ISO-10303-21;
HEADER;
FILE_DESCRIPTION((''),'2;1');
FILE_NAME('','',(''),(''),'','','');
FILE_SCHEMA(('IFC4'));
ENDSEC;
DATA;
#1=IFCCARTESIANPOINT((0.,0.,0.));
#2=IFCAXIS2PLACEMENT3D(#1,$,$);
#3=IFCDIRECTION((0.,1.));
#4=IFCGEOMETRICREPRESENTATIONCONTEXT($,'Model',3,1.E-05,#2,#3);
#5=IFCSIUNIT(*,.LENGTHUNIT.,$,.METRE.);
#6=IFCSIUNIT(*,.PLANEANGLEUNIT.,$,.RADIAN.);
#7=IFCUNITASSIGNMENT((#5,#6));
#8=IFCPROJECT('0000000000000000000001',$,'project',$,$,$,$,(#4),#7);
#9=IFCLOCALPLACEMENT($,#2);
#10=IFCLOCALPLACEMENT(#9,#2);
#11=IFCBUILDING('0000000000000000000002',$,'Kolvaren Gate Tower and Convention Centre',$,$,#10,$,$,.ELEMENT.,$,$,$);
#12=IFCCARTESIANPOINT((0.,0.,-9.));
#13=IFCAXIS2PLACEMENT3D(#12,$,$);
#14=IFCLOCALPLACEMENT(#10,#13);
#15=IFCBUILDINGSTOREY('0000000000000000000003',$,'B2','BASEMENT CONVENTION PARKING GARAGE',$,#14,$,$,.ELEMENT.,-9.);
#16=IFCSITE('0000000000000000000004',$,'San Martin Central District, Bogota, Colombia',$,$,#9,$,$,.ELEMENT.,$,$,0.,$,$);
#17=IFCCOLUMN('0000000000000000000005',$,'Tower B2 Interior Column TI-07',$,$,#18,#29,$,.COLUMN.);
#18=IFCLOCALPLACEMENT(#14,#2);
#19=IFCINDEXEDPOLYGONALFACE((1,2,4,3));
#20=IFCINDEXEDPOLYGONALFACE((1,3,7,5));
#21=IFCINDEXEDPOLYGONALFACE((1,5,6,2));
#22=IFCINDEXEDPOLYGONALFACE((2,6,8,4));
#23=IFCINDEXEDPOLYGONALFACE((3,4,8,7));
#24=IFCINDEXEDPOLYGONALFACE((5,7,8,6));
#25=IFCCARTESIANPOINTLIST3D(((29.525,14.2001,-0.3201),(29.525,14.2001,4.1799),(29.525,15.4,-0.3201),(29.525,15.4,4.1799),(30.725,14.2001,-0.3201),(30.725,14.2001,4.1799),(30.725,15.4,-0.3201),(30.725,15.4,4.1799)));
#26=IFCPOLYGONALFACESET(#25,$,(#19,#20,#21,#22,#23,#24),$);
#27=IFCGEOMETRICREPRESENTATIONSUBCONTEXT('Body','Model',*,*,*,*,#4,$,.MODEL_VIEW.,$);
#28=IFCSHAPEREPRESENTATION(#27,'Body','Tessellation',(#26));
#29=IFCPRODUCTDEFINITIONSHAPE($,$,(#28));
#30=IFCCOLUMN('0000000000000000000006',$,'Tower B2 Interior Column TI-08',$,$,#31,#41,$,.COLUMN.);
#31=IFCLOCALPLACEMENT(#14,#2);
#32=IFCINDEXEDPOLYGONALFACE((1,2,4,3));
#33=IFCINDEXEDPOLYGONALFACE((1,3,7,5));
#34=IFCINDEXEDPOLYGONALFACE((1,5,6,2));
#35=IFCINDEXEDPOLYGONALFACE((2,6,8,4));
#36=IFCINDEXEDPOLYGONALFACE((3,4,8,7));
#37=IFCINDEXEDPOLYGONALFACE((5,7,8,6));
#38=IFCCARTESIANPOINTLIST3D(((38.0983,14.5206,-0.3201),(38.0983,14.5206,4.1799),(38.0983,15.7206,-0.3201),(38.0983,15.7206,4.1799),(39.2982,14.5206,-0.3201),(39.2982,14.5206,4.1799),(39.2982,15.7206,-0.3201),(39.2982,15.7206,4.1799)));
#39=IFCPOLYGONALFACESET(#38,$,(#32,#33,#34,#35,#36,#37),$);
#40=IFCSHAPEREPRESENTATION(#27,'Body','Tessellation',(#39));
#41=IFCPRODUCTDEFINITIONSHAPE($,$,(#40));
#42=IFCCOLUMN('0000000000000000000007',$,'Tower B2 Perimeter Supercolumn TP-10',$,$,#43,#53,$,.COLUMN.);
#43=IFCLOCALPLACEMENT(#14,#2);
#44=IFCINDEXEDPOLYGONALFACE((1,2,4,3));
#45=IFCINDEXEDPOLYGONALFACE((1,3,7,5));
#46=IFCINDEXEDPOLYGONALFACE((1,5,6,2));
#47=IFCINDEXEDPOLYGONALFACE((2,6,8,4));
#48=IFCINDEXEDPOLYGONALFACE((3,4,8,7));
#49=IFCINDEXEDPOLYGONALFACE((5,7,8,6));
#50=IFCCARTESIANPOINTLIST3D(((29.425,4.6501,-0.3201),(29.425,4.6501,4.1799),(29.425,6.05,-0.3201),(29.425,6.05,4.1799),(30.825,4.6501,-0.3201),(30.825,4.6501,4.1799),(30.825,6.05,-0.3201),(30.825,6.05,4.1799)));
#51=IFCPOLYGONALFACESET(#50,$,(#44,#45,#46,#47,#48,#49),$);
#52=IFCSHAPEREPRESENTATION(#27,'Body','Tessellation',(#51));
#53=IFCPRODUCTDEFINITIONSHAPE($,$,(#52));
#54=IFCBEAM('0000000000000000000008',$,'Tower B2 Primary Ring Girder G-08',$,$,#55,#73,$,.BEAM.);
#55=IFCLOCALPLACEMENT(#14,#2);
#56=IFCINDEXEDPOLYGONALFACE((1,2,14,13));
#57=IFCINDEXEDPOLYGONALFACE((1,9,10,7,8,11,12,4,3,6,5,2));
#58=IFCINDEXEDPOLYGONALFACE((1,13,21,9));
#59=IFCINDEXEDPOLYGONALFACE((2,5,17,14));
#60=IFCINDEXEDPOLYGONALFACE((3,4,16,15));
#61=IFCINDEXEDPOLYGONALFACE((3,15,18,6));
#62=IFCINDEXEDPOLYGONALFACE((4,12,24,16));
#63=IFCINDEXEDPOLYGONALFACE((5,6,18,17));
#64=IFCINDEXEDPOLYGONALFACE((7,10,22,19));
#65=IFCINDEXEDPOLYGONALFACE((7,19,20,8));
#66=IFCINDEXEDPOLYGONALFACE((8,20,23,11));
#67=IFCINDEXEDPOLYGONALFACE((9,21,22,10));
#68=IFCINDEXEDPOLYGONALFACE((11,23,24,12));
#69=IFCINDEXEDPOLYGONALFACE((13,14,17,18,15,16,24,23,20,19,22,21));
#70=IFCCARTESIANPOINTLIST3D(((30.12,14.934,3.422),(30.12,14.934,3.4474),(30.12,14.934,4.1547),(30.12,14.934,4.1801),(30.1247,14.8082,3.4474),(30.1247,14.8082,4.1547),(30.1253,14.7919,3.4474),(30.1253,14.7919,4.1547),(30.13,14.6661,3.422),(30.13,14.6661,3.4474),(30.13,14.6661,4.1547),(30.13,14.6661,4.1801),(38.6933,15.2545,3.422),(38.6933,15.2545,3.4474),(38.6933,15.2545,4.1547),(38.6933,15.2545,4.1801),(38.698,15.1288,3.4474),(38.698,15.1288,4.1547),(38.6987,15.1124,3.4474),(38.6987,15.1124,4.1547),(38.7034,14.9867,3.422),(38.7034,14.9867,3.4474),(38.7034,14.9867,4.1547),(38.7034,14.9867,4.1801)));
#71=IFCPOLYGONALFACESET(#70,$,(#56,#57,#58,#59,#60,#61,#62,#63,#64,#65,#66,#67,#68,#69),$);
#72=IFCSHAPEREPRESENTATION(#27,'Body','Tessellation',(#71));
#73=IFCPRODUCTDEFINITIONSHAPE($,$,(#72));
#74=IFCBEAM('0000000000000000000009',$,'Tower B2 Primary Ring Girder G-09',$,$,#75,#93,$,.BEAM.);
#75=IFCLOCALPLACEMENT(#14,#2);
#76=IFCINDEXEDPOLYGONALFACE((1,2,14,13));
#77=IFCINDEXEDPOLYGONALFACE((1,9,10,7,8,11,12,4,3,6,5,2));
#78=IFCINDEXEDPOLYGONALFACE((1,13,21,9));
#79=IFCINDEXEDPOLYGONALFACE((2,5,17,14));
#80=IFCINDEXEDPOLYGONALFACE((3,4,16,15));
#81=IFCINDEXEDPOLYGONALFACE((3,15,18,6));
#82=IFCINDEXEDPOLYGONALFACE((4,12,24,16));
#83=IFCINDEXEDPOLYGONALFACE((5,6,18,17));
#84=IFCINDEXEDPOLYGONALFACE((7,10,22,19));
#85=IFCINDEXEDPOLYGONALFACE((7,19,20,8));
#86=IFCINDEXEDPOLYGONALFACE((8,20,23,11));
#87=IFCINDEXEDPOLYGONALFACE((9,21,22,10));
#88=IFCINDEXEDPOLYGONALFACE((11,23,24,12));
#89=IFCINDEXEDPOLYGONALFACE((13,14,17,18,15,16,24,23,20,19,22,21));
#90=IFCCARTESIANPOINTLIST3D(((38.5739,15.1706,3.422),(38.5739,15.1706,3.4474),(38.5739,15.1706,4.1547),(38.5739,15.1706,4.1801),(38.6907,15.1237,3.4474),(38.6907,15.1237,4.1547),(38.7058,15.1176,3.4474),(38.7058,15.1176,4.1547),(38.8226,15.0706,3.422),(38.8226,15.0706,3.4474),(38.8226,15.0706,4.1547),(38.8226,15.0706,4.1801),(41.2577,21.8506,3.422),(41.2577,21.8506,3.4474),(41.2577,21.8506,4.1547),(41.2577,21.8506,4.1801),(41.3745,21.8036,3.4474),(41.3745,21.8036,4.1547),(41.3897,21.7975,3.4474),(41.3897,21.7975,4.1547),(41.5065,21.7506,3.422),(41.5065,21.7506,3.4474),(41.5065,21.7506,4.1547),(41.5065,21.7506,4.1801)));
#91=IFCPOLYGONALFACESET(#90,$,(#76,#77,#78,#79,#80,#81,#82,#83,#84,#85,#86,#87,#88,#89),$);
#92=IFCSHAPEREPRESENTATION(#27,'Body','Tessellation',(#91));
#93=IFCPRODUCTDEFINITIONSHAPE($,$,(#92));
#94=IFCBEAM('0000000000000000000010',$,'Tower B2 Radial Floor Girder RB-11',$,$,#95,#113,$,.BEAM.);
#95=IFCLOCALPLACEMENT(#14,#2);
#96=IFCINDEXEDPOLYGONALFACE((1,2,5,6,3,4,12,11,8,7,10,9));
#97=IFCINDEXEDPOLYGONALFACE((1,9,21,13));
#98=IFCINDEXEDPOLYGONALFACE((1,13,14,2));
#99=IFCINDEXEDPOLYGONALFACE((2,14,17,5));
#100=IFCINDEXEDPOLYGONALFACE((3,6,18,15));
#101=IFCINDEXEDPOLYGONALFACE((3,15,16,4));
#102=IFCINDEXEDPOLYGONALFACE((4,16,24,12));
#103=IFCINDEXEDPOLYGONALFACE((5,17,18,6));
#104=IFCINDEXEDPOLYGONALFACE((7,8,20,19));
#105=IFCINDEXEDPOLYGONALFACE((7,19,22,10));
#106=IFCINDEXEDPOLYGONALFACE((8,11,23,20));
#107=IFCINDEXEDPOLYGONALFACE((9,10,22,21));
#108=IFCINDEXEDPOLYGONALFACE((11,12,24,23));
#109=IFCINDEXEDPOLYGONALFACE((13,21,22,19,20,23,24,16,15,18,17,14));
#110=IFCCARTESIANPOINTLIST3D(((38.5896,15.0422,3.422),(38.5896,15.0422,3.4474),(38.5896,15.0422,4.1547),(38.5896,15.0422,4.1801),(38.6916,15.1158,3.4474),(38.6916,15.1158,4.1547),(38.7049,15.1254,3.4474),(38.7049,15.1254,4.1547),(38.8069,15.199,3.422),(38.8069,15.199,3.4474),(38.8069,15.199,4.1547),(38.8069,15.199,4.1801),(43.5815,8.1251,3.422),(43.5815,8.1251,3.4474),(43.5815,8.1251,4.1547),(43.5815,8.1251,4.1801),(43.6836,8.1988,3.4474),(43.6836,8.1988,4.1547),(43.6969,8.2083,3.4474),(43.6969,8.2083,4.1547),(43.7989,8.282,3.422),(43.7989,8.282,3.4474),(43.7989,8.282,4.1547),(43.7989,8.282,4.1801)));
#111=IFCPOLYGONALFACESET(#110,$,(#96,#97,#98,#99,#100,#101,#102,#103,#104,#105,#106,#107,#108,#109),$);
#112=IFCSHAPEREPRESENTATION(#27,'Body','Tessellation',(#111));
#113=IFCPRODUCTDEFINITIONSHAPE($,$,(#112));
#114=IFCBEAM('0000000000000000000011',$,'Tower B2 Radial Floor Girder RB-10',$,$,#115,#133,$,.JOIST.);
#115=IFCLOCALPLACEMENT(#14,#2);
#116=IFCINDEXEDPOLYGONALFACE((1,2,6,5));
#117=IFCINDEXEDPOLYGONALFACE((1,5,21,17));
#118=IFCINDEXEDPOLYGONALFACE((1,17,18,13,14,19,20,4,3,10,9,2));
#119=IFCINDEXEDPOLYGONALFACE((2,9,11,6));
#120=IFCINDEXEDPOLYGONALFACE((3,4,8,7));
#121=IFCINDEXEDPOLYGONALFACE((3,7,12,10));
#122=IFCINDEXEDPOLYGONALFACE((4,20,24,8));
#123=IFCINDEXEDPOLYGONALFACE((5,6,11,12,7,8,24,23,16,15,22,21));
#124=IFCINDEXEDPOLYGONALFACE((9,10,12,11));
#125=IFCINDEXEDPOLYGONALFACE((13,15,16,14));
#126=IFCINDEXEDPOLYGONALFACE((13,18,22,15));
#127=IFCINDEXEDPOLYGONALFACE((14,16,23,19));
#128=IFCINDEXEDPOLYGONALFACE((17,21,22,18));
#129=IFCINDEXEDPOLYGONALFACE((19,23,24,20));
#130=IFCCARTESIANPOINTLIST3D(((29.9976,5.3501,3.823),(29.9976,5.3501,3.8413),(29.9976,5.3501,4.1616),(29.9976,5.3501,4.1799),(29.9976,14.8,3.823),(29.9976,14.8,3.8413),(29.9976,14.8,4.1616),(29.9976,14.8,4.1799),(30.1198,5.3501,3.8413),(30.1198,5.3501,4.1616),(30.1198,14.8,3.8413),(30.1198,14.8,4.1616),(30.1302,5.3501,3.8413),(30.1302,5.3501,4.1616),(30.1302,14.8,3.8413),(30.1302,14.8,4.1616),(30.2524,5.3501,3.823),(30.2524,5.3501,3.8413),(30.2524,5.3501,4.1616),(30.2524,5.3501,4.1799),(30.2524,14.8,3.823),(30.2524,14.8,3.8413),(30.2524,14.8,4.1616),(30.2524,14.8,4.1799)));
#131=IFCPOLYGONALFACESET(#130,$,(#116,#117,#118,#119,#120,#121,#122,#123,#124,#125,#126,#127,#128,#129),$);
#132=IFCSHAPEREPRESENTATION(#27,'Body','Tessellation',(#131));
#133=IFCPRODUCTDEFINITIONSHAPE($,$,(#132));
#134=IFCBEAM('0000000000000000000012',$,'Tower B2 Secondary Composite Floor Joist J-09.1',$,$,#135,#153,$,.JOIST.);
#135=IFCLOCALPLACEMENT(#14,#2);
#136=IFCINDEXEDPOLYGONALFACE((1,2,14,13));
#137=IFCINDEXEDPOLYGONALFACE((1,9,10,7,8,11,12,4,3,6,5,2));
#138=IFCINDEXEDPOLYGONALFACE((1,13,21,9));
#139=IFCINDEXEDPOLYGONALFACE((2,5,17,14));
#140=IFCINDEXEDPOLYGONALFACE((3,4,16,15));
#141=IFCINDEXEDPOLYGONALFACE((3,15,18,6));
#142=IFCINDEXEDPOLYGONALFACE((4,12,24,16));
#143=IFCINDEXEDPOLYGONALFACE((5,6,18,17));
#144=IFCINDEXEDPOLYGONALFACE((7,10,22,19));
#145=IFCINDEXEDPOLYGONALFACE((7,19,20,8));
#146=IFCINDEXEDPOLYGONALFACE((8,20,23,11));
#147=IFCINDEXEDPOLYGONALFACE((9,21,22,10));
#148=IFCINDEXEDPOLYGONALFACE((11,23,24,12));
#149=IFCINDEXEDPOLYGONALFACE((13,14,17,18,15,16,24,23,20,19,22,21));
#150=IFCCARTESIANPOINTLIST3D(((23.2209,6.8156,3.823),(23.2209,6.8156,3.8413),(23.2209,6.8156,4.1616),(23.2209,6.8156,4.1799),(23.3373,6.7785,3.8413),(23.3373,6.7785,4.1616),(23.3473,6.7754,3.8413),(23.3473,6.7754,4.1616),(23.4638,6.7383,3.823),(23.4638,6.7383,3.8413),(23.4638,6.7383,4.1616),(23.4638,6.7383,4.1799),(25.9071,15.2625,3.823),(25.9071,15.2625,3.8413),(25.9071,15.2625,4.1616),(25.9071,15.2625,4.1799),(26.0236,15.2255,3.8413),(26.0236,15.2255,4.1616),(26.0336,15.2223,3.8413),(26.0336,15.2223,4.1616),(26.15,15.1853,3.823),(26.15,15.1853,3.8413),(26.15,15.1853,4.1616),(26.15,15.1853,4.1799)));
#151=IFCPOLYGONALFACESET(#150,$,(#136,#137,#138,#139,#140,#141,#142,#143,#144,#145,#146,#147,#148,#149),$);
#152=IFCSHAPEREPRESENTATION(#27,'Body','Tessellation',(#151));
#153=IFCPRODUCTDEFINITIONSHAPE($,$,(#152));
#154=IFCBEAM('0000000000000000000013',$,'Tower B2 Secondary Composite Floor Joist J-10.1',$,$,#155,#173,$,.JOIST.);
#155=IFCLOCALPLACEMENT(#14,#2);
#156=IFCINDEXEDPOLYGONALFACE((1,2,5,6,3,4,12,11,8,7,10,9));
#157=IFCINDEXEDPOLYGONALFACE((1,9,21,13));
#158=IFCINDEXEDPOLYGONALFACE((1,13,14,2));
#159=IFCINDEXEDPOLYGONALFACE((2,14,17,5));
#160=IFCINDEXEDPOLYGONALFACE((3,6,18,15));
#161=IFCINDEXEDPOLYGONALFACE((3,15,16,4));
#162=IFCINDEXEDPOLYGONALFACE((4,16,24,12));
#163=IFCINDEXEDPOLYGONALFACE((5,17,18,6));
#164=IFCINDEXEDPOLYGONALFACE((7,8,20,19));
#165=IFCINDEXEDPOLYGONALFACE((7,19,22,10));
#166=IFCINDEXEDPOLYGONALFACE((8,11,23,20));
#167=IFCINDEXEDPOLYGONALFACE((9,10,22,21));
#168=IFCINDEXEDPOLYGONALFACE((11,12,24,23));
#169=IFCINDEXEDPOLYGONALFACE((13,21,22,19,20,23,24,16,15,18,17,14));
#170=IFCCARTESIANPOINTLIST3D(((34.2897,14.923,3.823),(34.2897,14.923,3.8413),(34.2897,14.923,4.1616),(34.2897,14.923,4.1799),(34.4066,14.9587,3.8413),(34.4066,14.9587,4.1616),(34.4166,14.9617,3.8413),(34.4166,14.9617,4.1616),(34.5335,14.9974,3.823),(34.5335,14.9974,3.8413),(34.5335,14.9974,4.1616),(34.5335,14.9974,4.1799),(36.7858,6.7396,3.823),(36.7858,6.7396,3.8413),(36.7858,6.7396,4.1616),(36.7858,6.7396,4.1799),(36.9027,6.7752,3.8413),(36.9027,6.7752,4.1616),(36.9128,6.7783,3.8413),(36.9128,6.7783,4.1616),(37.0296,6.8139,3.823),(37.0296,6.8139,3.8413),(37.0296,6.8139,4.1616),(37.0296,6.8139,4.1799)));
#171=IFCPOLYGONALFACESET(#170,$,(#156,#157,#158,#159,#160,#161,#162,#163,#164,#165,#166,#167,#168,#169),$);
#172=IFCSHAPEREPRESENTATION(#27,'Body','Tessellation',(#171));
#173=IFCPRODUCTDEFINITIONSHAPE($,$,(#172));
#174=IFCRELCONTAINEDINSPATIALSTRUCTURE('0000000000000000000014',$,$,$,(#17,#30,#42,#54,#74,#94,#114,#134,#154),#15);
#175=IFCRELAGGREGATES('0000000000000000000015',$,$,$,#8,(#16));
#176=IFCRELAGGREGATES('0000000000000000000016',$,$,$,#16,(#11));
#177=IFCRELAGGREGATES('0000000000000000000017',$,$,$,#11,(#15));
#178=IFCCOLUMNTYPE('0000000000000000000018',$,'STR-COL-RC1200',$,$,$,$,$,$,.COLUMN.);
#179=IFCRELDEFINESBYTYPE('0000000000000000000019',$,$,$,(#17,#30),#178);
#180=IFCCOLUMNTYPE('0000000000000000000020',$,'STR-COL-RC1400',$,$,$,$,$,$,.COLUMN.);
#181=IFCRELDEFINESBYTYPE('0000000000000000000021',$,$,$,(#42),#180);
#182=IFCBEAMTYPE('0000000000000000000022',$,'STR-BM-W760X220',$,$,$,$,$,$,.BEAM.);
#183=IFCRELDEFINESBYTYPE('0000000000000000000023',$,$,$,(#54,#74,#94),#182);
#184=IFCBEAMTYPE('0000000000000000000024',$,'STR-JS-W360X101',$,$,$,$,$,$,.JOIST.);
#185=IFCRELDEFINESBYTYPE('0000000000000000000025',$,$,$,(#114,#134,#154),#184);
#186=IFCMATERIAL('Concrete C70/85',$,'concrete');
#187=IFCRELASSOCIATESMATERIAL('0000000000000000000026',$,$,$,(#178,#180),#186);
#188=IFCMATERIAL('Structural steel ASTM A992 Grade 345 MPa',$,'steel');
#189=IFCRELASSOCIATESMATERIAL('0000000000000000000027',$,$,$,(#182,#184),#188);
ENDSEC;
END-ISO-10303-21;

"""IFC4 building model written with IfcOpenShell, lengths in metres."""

from ifc_helpers import new_model, si_unit, direction, frame, origin, origin_2d, place, context, subcontext, project, spatial, rectangle, i_section, extrude, material, material_profile, profile_set, type_object, element, save


model = new_model("IFC4")

# Units and contexts
model_context = context("Model", 3, precision=1e-05, world=origin(), true_north=direction((0.0, 1.0)))
body_context = subcontext(model_context, "Body", "Model", "MODEL_VIEW")
ifc_project = project(units=[si_unit("LENGTHUNIT", "METRE"), si_unit("PLANEANGLEUNIT", "RADIAN")], contexts=[model_context])

# Site, building, storey
site_placement = place(None, origin())
site = spatial("IfcSite", under=ifc_project, at=site_placement, Name="San Martin Central District, Bogota, Colombia", CompositionType="ELEMENT", RefElevation=0.0)
building_placement = place(site_placement, origin())
building = spatial("IfcBuilding", under=site, at=building_placement, Name="Kolvaren Gate Tower and Convention Centre", CompositionType="ELEMENT")
storey_placement = place(building_placement, frame((0.0, 0.0, -9.0)))
storey = spatial("IfcBuildingStorey", under=building, at=storey_placement, Name="B2", Description="BASEMENT CONVENTION PARKING GARAGE", CompositionType="ELEMENT", Elevation=-9.0)

# Columns
ifc_material_1 = material(Name="Concrete C70/85", Category="concrete")
ifc_material_profile_1 = material_profile(ifc_material_1, rectangle(XDim=1.2, YDim=1.2, at=origin_2d()), Name="RC-COL-1200X1200")
ifc_profile_set_1 = profile_set([ifc_material_profile_1], Name="Concrete C70/85")
column_type_1 = type_object("IfcColumnType", Name="STR-COL-RC1200", PredefinedType="COLUMN", material=ifc_profile_set_1)
for number, where, z_axis, x_axis, name in (
    (1, (30.125, 14.8, -0.3201), (0.0, 0.0, 1.0), (1.0, 0.0, 0.0), "Tower B2 Interior Column TI-07"),
    (2, (38.6982, 15.1206, -0.3201), (0.0, 0.0, 1.0), (1.0, 0.0, 0.0), "Tower B2 Interior Column TI-08"),
):
    element("IfcColumn", number, at=place(storey_placement, frame(where, z_axis=z_axis, x_axis=x_axis)), inside=storey, type_object=column_type_1, Name=name, PredefinedType="COLUMN", context=body_context, shape_type="SweptSolid", body=[
        extrude(rectangle(XDim=1.2, YDim=1.2, at=origin_2d()), origin(), (0.0, 0.0, 1.0), 4.5),
    ])
ifc_material_profile_2 = material_profile(ifc_material_1, rectangle(XDim=1.3999, YDim=1.3999, at=origin_2d()), Name="RC-COL-1400X1400")
ifc_profile_set_2 = profile_set([ifc_material_profile_2], Name="Concrete C70/85")
column_type_2 = type_object("IfcColumnType", Name="STR-COL-RC1400", PredefinedType="COLUMN", material=ifc_profile_set_2)
column_placement = place(storey_placement, frame((30.125, 5.3501, -0.3201), z_axis=(0.0, 0.0, 1.0), x_axis=(1.0, 0.0, 0.0)))
element("IfcColumn", 3, at=column_placement, inside=storey, type_object=column_type_2, Name="Tower B2 Perimeter Supercolumn TP-10", PredefinedType="COLUMN", context=body_context, shape_type="SweptSolid", body=[
    extrude(rectangle(XDim=1.3999, YDim=1.3999, at=origin_2d()), origin(), (0.0, 0.0, 1.0), 4.5),
])

# Beams
ifc_material_2 = material(Name="Structural steel ASTM A992 Grade 345 MPa", Category="steel")
ifc_material_profile_3 = material_profile(ifc_material_2, i_section(OverallWidth=0.2681, OverallDepth=0.7581, WebThickness=0.0164, FlangeThickness=0.0254, at=origin_2d()), Name="W760X220")
ifc_profile_set_3 = profile_set([ifc_material_profile_3], Name="Structural steel ASTM A992 Grade 345 MPa")
beam_type_1 = type_object("IfcBeamType", Name="STR-BM-W760X220", PredefinedType="BEAM", material=ifc_profile_set_3)
beam_1_placement = place(storey_placement, frame((30.125, 14.8, 3.801), z_axis=(0.999302, 0.037364, 0.0), x_axis=(-0.037364, 0.999302, 0.0)))
element("IfcBeam", 4, at=beam_1_placement, inside=storey, type_object=beam_type_1, Name="Tower B2 Primary Ring Girder G-08", PredefinedType="BEAM", context=body_context, shape_type="SweptSolid", body=[
    extrude(i_section(OverallWidth=0.2681, OverallDepth=0.7581, WebThickness=0.0164, FlangeThickness=0.0254, at=origin_2d()), origin(), (0.0, 0.0, 1.0), 8.5793),
])
beam_2_placement = place(storey_placement, frame((38.6982, 15.1206, 3.801), z_axis=(0.372811, 0.927907, 0.0), x_axis=(-0.927907, 0.372811, 0.0)))
element("IfcBeam", 5, at=beam_2_placement, inside=storey, type_object=beam_type_1, Name="Tower B2 Primary Ring Girder G-09", PredefinedType="BEAM", context=body_context, shape_type="SweptSolid", body=[
    extrude(i_section(OverallWidth=0.2681, OverallDepth=0.7581, WebThickness=0.0164, FlangeThickness=0.0254, at=origin_2d()), origin(), (0.0, 0.0, 1.0), 7.199),
])
beam_3_placement = place(storey_placement, frame((38.6982, 15.1206, 3.801), z_axis=(0.585208, -0.810883, 0.0), x_axis=(0.810883, 0.585208, 0.0)))
element("IfcBeam", 6, at=beam_3_placement, inside=storey, type_object=beam_type_1, Name="Tower B2 Radial Floor Girder RB-11", PredefinedType="BEAM", context=body_context, shape_type="SweptSolid", body=[
    extrude(i_section(OverallWidth=0.2681, OverallDepth=0.7581, WebThickness=0.0164, FlangeThickness=0.0254, at=origin_2d()), origin(), (0.0, 0.0, 1.0), 8.5303),
])
ifc_material_profile_4 = material_profile(ifc_material_2, i_section(OverallWidth=0.2549, OverallDepth=0.3569, WebThickness=0.0105, FlangeThickness=0.0183, at=origin_2d()), Name="W360X101")
ifc_profile_set_4 = profile_set([ifc_material_profile_4], Name="Structural steel ASTM A992 Grade 345 MPa")
beam_type_2 = type_object("IfcBeamType", Name="STR-JS-W360X101", PredefinedType="JOIST", material=ifc_profile_set_4)
beam_4_placement = place(storey_placement, frame((30.125, 14.8, 4.0015), z_axis=(0.0, -1.0, 0.0), x_axis=(1.0, 0.0, 0.0)))
element("IfcBeam", 7, at=beam_4_placement, inside=storey, type_object=beam_type_2, Name="Tower B2 Radial Floor Girder RB-10", PredefinedType="JOIST", context=body_context, shape_type="SweptSolid", body=[
    extrude(i_section(OverallWidth=0.2549, OverallDepth=0.3569, WebThickness=0.0105, FlangeThickness=0.0183, at=origin_2d()), origin(), (0.0, 0.0, 1.0), 9.45),
])
beam_5_placement = place(storey_placement, frame((26.0286, 15.2239, 4.0015), z_axis=(-0.303059, -0.952972, 0.0), x_axis=(0.952972, -0.303059, 0.0)))
element("IfcBeam", 8, at=beam_5_placement, inside=storey, type_object=beam_type_2, Name="Tower B2 Secondary Composite Floor Joist J-09.1", PredefinedType="JOIST", context=body_context, shape_type="SweptSolid", body=[
    extrude(i_section(OverallWidth=0.2549, OverallDepth=0.3569, WebThickness=0.0105, FlangeThickness=0.0183, at=origin_2d()), origin(), (0.0, 0.0, 1.0), 8.8638),
])
beam_6_placement = place(storey_placement, frame((34.4116, 14.9602, 4.0015), z_axis=(0.291751, -0.956494, 0.0), x_axis=(0.956494, 0.291751, 0.0)))
element("IfcBeam", 9, at=beam_6_placement, inside=storey, type_object=beam_type_2, Name="Tower B2 Secondary Composite Floor Joist J-10.1", PredefinedType="JOIST", context=body_context, shape_type="SweptSolid", body=[
    extrude(i_section(OverallWidth=0.2549, OverallDepth=0.3569, WebThickness=0.0105, FlangeThickness=0.0183, at=origin_2d()), origin(), (0.0, 0.0, 1.0), 8.5557),
])

save(model, "model.ifc")
